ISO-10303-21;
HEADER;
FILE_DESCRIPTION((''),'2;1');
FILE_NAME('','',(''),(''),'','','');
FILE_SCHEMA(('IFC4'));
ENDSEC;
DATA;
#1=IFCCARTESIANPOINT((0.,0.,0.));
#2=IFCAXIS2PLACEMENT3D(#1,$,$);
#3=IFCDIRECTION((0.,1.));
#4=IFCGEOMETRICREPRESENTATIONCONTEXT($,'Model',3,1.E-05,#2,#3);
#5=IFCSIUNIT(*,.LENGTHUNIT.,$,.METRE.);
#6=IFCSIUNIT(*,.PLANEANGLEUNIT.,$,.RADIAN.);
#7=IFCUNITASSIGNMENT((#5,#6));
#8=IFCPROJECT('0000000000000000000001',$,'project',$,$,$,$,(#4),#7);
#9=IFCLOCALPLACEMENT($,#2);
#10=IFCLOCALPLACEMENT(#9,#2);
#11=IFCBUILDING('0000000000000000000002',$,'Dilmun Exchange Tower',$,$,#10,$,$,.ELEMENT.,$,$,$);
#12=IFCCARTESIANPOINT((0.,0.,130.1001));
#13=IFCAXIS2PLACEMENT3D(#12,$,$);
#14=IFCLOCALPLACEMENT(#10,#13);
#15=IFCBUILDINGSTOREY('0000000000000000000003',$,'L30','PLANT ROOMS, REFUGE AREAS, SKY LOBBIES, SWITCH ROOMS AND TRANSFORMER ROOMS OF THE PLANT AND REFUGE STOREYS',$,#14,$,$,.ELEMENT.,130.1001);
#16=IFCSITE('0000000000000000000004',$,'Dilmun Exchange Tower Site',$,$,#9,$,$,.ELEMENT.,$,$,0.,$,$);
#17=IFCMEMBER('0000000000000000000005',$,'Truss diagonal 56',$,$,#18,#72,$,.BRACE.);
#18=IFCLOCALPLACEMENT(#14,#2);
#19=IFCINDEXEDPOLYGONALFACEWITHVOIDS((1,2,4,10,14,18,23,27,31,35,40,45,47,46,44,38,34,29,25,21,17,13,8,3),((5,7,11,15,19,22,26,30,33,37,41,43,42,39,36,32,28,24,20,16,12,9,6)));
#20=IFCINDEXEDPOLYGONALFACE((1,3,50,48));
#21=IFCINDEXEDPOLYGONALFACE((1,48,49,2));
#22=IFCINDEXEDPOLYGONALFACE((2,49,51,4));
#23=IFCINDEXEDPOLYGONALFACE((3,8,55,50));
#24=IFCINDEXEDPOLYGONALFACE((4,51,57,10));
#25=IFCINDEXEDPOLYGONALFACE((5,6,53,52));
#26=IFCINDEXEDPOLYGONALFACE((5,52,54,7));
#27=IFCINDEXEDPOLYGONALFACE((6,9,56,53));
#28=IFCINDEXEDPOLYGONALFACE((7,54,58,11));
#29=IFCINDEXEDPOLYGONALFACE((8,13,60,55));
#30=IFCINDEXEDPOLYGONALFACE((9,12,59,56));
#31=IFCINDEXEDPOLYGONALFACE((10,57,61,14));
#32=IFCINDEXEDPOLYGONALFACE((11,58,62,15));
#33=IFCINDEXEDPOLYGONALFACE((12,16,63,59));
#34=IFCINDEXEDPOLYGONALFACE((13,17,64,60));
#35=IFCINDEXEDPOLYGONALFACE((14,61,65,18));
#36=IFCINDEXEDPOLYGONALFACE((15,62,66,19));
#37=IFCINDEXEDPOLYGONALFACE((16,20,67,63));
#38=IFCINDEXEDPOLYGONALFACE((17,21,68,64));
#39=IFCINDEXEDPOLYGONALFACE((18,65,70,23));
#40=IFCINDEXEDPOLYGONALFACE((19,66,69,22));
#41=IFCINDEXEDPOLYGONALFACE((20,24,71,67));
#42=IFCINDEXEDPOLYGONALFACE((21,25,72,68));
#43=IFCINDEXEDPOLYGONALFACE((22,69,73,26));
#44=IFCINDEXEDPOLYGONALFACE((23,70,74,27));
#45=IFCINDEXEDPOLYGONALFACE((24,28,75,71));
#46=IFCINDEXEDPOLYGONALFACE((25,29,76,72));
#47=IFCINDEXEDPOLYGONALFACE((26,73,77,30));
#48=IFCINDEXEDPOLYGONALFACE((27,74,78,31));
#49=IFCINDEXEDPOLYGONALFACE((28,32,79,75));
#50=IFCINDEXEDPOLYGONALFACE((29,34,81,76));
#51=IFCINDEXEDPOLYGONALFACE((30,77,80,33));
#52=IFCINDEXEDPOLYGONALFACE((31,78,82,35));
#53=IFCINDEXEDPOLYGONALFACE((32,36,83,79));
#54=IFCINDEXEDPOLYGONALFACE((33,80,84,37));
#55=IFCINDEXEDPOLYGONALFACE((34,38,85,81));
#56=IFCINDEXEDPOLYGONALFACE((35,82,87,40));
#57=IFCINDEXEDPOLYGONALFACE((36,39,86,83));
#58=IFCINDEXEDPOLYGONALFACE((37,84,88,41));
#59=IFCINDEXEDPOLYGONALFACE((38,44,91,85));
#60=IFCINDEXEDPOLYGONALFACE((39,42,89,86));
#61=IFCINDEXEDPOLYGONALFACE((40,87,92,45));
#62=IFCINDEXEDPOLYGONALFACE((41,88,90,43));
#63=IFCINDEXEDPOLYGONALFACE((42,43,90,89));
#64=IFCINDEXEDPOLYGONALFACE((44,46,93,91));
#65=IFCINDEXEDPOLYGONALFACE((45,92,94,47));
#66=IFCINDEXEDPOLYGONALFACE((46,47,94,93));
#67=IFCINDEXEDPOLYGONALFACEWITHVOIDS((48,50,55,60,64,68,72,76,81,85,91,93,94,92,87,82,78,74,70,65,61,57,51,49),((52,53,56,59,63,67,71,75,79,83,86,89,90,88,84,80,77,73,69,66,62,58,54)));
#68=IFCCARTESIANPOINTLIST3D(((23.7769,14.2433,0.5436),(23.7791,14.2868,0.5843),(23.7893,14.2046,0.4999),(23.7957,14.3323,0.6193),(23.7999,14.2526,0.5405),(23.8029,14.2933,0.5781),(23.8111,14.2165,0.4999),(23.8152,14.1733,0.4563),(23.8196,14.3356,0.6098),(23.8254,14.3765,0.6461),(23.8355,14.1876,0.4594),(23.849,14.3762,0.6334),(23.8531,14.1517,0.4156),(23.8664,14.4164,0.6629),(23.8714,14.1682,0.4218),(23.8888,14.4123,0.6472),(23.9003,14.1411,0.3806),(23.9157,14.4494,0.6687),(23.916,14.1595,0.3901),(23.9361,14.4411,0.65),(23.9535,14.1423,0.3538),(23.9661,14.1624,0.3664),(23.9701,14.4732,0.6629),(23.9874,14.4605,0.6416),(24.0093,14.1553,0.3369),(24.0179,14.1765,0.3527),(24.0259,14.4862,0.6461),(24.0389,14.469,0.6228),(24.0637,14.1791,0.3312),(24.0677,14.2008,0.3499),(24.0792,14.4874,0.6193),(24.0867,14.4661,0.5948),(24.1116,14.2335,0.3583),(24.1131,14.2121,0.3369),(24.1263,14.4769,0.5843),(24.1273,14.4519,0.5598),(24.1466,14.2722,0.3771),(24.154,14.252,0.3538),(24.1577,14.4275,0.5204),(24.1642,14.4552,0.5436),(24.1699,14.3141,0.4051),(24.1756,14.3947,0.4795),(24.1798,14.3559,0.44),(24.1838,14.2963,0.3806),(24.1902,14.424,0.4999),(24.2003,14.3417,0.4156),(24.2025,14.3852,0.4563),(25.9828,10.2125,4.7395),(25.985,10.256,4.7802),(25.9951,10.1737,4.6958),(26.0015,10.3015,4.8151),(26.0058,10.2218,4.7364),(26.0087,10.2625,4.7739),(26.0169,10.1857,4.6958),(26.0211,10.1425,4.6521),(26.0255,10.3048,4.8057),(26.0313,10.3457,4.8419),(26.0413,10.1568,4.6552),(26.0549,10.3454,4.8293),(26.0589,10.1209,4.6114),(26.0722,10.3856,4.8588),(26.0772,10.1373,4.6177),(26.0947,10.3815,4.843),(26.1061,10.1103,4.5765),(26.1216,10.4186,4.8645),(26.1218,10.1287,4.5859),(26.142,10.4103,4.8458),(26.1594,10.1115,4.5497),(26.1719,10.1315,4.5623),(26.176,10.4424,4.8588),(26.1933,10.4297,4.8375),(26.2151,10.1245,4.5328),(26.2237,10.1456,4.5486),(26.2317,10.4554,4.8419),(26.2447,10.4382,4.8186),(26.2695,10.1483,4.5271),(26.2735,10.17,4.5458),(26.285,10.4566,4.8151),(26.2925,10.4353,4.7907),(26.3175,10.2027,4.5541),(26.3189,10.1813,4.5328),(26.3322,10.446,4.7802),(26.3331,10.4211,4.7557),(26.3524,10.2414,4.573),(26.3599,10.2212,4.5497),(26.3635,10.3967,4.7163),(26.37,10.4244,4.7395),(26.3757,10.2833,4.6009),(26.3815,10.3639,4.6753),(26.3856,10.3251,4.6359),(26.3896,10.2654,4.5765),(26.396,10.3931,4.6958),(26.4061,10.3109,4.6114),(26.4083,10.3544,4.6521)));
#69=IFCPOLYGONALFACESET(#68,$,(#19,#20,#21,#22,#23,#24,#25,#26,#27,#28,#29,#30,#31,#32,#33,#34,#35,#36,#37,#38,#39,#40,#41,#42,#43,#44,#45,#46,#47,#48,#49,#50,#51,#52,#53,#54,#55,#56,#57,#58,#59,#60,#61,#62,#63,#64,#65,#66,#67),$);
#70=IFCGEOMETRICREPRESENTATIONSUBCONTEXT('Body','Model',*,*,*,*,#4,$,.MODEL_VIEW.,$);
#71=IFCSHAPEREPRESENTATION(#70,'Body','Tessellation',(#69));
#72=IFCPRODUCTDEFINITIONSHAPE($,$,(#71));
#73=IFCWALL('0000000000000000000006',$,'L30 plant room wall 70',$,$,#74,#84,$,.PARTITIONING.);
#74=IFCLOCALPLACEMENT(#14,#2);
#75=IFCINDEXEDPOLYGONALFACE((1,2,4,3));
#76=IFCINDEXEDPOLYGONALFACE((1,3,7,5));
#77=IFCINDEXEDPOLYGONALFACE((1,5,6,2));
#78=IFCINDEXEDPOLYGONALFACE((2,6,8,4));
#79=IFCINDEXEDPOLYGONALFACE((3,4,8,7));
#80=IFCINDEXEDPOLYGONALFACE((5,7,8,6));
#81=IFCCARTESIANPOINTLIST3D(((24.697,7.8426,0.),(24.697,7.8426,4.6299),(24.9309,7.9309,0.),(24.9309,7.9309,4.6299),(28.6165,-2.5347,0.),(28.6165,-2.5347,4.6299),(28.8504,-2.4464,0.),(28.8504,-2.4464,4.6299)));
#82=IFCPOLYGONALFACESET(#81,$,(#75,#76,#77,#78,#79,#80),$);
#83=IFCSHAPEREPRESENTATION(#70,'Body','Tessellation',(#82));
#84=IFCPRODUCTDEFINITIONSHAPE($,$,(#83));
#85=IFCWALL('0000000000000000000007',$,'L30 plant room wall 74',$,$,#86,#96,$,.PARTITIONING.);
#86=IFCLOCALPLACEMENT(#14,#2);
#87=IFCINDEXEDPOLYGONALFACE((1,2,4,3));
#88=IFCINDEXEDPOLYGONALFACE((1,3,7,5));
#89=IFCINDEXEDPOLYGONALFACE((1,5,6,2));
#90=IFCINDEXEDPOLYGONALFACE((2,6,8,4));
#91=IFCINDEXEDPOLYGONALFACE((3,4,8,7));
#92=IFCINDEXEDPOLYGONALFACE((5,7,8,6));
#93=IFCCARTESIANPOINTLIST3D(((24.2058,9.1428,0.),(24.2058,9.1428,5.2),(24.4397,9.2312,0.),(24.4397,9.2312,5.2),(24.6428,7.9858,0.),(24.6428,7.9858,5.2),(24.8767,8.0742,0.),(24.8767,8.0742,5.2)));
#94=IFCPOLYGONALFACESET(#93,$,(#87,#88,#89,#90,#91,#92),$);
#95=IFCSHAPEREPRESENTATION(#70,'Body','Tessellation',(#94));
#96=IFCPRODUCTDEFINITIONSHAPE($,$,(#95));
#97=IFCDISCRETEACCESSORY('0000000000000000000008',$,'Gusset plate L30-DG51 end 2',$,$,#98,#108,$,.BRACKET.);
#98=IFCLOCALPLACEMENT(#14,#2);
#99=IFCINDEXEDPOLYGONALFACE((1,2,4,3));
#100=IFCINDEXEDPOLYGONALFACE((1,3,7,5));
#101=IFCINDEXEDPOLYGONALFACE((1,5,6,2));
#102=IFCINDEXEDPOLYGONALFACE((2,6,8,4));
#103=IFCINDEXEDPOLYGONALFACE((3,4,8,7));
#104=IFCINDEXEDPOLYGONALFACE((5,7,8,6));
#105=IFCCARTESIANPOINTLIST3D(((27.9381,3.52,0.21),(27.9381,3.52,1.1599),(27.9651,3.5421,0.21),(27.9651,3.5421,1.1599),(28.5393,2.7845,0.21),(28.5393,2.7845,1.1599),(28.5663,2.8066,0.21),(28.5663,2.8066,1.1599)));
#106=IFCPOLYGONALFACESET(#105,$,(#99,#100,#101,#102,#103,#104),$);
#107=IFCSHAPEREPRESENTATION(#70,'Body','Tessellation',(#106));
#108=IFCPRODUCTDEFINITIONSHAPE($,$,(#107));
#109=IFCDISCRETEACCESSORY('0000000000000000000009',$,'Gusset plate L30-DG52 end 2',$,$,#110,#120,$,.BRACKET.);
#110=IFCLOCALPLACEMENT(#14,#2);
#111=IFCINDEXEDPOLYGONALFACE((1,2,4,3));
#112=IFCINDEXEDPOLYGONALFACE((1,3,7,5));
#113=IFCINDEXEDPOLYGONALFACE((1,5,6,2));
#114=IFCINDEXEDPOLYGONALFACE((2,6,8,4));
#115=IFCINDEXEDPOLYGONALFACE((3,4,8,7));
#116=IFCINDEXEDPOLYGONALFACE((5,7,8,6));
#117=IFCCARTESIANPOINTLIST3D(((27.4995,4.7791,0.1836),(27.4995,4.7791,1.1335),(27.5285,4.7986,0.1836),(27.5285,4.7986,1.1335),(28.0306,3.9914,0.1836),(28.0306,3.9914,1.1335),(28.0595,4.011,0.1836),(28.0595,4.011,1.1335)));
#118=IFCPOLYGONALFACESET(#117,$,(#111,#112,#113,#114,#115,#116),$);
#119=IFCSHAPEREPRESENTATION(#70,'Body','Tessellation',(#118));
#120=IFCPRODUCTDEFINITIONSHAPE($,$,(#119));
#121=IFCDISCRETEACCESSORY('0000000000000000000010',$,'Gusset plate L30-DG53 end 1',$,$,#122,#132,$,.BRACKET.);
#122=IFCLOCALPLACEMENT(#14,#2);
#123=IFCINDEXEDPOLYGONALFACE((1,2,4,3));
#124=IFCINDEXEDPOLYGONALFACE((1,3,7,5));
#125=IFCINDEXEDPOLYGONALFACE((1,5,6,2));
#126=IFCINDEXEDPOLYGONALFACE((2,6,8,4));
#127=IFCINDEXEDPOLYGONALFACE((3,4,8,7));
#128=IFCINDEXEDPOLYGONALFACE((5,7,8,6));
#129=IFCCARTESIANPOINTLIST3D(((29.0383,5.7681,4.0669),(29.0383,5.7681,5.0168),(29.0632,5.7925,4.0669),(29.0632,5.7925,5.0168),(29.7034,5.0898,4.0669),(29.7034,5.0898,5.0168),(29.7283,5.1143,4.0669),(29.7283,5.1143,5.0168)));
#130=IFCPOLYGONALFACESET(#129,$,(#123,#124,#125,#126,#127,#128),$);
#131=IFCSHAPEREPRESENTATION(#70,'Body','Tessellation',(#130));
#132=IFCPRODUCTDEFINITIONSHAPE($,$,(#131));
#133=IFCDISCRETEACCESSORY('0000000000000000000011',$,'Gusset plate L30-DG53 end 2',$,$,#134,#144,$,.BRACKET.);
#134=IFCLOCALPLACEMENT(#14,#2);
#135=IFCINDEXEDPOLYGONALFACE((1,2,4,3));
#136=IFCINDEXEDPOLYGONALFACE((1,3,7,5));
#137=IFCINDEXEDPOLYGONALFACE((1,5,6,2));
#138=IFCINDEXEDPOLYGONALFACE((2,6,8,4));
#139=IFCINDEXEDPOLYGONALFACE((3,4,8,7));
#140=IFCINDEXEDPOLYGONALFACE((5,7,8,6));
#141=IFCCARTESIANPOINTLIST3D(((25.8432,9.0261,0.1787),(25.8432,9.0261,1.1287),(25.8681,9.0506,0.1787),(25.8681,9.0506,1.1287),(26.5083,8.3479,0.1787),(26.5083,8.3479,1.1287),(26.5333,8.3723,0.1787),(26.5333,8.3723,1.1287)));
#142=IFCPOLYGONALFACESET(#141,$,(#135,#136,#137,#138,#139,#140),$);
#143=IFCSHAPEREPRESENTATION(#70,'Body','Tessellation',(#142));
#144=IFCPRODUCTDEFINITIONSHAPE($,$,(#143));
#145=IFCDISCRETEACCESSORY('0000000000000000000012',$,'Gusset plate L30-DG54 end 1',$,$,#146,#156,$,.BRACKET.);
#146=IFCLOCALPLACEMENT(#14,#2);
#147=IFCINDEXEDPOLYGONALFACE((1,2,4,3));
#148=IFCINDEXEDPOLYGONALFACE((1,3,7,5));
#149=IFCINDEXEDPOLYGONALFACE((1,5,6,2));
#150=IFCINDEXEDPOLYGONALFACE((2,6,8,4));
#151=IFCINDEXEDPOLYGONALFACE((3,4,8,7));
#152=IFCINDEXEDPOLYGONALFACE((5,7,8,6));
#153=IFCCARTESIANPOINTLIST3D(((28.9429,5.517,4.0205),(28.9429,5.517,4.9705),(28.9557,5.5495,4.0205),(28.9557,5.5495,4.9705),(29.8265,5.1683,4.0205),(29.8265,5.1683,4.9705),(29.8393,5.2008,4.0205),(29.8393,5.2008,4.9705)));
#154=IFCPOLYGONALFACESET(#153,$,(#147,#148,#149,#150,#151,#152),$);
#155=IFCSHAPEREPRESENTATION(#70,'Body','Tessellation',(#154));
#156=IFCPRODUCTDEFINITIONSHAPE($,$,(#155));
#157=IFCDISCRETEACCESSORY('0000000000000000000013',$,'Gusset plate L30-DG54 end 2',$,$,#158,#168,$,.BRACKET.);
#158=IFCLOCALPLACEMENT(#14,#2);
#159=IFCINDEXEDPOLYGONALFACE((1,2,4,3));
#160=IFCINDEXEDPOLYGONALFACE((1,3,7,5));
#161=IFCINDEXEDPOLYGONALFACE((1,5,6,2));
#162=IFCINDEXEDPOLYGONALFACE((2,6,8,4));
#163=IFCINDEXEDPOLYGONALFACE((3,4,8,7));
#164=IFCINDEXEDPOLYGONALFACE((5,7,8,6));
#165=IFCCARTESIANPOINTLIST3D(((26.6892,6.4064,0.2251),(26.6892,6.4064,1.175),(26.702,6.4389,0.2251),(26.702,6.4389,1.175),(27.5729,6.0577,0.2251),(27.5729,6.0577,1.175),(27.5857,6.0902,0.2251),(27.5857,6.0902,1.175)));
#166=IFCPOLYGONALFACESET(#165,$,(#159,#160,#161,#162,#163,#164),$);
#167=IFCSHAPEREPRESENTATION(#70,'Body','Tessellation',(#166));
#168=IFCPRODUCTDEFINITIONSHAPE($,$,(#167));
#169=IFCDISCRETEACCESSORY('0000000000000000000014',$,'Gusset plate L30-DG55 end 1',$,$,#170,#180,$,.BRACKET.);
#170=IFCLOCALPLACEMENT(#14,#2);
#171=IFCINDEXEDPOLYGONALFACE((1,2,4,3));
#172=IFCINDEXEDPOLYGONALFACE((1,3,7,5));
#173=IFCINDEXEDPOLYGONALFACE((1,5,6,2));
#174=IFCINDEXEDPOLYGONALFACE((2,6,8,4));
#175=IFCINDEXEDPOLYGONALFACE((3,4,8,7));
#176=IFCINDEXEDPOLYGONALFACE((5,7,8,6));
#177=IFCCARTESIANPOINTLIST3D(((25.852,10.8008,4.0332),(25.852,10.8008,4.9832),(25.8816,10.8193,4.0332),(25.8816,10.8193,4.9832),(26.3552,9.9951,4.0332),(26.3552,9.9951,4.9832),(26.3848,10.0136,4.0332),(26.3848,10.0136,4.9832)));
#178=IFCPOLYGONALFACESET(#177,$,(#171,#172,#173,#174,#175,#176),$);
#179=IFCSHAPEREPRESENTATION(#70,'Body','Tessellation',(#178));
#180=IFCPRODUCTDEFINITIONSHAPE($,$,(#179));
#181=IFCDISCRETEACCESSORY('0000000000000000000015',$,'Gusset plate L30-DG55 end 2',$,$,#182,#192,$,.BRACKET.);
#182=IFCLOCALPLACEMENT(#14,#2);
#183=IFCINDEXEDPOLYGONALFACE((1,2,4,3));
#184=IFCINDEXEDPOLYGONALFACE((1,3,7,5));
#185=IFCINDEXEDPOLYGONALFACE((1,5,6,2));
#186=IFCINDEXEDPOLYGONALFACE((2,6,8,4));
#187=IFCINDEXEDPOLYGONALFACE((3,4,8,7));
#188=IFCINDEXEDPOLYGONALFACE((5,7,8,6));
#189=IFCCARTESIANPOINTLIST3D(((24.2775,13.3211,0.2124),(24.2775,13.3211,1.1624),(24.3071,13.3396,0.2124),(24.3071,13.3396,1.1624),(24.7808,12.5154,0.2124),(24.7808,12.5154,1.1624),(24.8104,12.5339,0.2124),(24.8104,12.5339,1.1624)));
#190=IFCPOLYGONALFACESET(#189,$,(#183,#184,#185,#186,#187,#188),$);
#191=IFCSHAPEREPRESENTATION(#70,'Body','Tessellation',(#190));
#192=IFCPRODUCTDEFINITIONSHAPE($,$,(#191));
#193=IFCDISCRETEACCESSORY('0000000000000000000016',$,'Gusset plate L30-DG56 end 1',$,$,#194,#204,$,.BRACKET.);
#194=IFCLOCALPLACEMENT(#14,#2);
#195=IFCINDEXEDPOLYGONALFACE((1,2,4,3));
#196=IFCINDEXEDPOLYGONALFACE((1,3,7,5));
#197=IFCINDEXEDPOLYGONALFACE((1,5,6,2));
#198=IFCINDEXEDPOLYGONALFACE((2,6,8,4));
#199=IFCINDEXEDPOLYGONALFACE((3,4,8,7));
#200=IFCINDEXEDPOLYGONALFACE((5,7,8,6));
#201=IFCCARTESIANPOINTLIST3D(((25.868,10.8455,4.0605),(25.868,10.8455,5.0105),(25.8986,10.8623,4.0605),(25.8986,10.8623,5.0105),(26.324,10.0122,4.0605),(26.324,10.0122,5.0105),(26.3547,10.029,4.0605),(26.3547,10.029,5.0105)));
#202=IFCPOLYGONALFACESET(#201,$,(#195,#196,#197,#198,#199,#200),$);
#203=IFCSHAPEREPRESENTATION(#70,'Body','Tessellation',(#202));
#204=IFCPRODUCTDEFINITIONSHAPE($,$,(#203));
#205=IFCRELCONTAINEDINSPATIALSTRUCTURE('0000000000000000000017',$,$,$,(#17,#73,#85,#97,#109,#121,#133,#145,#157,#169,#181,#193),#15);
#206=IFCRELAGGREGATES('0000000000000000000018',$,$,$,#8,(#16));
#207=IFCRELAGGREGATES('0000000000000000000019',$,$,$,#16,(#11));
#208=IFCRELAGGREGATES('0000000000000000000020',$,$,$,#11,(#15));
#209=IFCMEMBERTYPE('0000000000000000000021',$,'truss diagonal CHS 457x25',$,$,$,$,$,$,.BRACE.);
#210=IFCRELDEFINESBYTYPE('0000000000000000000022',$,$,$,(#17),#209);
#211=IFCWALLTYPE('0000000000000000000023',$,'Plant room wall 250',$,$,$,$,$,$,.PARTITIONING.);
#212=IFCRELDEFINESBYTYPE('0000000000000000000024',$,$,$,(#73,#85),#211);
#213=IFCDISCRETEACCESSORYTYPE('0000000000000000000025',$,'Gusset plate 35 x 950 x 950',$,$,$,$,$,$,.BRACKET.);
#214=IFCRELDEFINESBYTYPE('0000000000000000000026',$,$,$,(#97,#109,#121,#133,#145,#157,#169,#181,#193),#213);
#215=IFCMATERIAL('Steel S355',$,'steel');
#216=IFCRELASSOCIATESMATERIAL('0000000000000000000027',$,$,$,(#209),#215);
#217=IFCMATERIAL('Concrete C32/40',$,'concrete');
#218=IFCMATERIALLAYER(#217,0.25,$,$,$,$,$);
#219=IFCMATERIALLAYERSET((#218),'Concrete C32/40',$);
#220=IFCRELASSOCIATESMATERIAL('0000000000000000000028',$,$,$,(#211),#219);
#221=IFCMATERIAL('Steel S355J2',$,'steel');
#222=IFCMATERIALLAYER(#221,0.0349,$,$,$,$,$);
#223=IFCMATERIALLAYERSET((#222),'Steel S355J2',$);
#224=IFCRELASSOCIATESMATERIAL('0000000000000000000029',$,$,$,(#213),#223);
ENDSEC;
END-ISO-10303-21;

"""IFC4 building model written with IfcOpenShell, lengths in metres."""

from ifc_helpers import new_model, si_unit, direction, frame, frame_2d, origin, origin_2d, place, context, subcontext, project, spatial, rectangle, hollow_circle, extrude, material, layer, layer_set, material_profile, profile_set, type_object, element, save


model = new_model("IFC4")

# Units and contexts
model_context = context("Model", 3, precision=1e-05, world=origin(), true_north=direction((0.0, 1.0)))
body_context = subcontext(model_context, "Body", "Model", "MODEL_VIEW")
ifc_project = project(units=[si_unit("LENGTHUNIT", "METRE"), si_unit("PLANEANGLEUNIT", "RADIAN")], contexts=[model_context])

# Site, building, storey
site_placement = place(None, origin())
site = spatial("IfcSite", under=ifc_project, at=site_placement, Name="Dilmun Exchange Tower Site", CompositionType="ELEMENT", RefElevation=0.0)
building_placement = place(site_placement, origin())
building = spatial("IfcBuilding", under=site, at=building_placement, Name="Dilmun Exchange Tower", CompositionType="ELEMENT")
storey_placement = place(building_placement, frame((0.0, 0.0, 130.1001)))
storey = spatial("IfcBuildingStorey", under=building, at=storey_placement, Name="L30", Description="PLANT ROOMS, REFUGE AREAS, SKY LOBBIES, SWITCH ROOMS AND TRANSFORMER ROOMS OF THE PLANT AND REFUGE STOREYS", CompositionType="ELEMENT", Elevation=130.1001)

# Shared definitions
ifc_material_1 = material(Name="Steel S355", Category="steel")

# Member
ifc_material_profile_1 = material_profile(ifc_material_1, hollow_circle(Radius=0.2285, WallThickness=0.0249, at=origin_2d()), Name="CHS 457x25")
ifc_profile_set_1 = profile_set([ifc_material_profile_1], Name="Steel S355")
member_type = type_object("IfcMemberType", Name="truss diagonal CHS 457x25", PredefinedType="BRACE", material=ifc_profile_set_1)
member_1_placement = place(storey_placement, frame((26.1956, 10.2834, 4.6958), z_axis=(-0.354499, 0.64779, -0.674313), x_axis=(-0.877235, -0.480062, 0.0)))
element("IfcMember", 1, at=member_1_placement, inside=storey, type_object=member_type, Name="Truss diagonal 56", PredefinedType="BRACE", context=body_context, shape_type="SweptSolid", body=[
    extrude(hollow_circle(Radius=0.2285, WallThickness=0.0249, at=origin_2d()), origin(), (0.0, 0.0, 1.0), 6.2224),
])

# Walls
ifc_material_2 = material(Name="Concrete C32/40", Category="concrete")
ifc_layer_1 = layer(ifc_material_2, 0.25)
ifc_layer_set_1 = layer_set([ifc_layer_1], Name="Concrete C32/40")
wall_type = type_object("IfcWallType", Name="Plant room wall 250", PredefinedType="PARTITIONING", material=ifc_layer_set_1)
wall_1_placement = place(storey_placement, frame((24.814, 7.8867, 0.0), z_axis=(0.0, 0.0, 1.0), x_axis=(0.353334, -0.935497, 0.0)))
element("IfcWall", 2, at=wall_1_placement, inside=storey, type_object=wall_type, Name="L30 plant room wall 70", PredefinedType="PARTITIONING", context=body_context, shape_type="SweptSolid", body=[
    extrude(rectangle(XDim=11.0928, YDim=0.25, at=frame_2d((5.5464, 0.0))), origin(), (0.0, 0.0, 1.0), 4.6299),
])
wall_2_placement = place(storey_placement, frame((24.3228, 9.187, 0.0), z_axis=(0.0, 0.0, 1.0), x_axis=(0.353351, -0.935491, 0.0)))
element("IfcWall", 3, at=wall_2_placement, inside=storey, type_object=wall_type, Name="L30 plant room wall 74", PredefinedType="PARTITIONING", context=body_context, shape_type="SweptSolid", body=[
    extrude(rectangle(XDim=1.2368, YDim=0.25, at=frame_2d((0.6184, 0.0))), origin(), (0.0, 0.0, 1.0), 5.2),
])

# Discrete accessories
ifc_material_3 = material(Name="Steel S355J2", Category="steel")
ifc_layer_2 = layer(ifc_material_3, 0.0349)
ifc_layer_set_2 = layer_set([ifc_layer_2], Name="Steel S355J2")
discrete_accessory_type = type_object("IfcDiscreteAccessoryType", Name="Gusset plate 35 x 950 x 950", PredefinedType="BRACKET", material=ifc_layer_set_2)
for number, where, z_axis, x_axis, name in (
    (4, (28.2522, 3.1633, 0.21), (0.0, 0.0, 1.0), (-0.632919, 0.774218, 0.0), "Gusset plate L30-DG51 end 2"),
    (5, (27.7795, 4.395, 0.1836), (0.0, 0.0, 1.0), (-0.559041, 0.82914, 0.0), "Gusset plate L30-DG52 end 2"),
    (6, (29.3833, 5.4412, 4.0669), (0.0, 0.0, 1.0), (-0.700169, 0.713977, 0.0), "Gusset plate L30-DG53 end 1"),
    (7, (26.1882, 8.6992, 0.1787), (0.0, 0.0, 1.0), (-0.700169, 0.713977, 0.0), "Gusset plate L30-DG53 end 2"),
    (8, (29.3911, 5.3589, 4.0205), (0.0, 0.0, 1.0), (-0.930204, 0.367042, 0.0), "Gusset plate L30-DG54 end 1"),
    (9, (27.1375, 6.2483, 0.2251), (0.0, 0.0, 1.0), (-0.930204, 0.367042, 0.0), "Gusset plate L30-DG54 end 2"),
    (10, (26.1184, 10.4072, 4.0332), (0.0, 0.0, 1.0), (-0.529776, 0.848138, 0.0), "Gusset plate L30-DG55 end 1"),
    (11, (24.5439, 12.9275, 0.2124), (0.0, 0.0, 1.0), (-0.529776, 0.848138, 0.0), "Gusset plate L30-DG55 end 2"),
    (12, (26.1113, 10.4373, 4.0605), (0.0, 0.0, 1.0), (-0.480075, 0.877227, 0.0), "Gusset plate L30-DG56 end 1"),
):
    element("IfcDiscreteAccessory", number, at=place(storey_placement, frame(where, z_axis=z_axis, x_axis=x_axis)), inside=storey, type_object=discrete_accessory_type, Name=name, PredefinedType="BRACKET", context=body_context, shape_type="SweptSolid", body=[
        extrude(rectangle(XDim=0.95, YDim=0.0349, at=origin_2d()), origin(), (0.0, 0.0, 1.0), 0.95),
    ])

save(model, "model.ifc")
